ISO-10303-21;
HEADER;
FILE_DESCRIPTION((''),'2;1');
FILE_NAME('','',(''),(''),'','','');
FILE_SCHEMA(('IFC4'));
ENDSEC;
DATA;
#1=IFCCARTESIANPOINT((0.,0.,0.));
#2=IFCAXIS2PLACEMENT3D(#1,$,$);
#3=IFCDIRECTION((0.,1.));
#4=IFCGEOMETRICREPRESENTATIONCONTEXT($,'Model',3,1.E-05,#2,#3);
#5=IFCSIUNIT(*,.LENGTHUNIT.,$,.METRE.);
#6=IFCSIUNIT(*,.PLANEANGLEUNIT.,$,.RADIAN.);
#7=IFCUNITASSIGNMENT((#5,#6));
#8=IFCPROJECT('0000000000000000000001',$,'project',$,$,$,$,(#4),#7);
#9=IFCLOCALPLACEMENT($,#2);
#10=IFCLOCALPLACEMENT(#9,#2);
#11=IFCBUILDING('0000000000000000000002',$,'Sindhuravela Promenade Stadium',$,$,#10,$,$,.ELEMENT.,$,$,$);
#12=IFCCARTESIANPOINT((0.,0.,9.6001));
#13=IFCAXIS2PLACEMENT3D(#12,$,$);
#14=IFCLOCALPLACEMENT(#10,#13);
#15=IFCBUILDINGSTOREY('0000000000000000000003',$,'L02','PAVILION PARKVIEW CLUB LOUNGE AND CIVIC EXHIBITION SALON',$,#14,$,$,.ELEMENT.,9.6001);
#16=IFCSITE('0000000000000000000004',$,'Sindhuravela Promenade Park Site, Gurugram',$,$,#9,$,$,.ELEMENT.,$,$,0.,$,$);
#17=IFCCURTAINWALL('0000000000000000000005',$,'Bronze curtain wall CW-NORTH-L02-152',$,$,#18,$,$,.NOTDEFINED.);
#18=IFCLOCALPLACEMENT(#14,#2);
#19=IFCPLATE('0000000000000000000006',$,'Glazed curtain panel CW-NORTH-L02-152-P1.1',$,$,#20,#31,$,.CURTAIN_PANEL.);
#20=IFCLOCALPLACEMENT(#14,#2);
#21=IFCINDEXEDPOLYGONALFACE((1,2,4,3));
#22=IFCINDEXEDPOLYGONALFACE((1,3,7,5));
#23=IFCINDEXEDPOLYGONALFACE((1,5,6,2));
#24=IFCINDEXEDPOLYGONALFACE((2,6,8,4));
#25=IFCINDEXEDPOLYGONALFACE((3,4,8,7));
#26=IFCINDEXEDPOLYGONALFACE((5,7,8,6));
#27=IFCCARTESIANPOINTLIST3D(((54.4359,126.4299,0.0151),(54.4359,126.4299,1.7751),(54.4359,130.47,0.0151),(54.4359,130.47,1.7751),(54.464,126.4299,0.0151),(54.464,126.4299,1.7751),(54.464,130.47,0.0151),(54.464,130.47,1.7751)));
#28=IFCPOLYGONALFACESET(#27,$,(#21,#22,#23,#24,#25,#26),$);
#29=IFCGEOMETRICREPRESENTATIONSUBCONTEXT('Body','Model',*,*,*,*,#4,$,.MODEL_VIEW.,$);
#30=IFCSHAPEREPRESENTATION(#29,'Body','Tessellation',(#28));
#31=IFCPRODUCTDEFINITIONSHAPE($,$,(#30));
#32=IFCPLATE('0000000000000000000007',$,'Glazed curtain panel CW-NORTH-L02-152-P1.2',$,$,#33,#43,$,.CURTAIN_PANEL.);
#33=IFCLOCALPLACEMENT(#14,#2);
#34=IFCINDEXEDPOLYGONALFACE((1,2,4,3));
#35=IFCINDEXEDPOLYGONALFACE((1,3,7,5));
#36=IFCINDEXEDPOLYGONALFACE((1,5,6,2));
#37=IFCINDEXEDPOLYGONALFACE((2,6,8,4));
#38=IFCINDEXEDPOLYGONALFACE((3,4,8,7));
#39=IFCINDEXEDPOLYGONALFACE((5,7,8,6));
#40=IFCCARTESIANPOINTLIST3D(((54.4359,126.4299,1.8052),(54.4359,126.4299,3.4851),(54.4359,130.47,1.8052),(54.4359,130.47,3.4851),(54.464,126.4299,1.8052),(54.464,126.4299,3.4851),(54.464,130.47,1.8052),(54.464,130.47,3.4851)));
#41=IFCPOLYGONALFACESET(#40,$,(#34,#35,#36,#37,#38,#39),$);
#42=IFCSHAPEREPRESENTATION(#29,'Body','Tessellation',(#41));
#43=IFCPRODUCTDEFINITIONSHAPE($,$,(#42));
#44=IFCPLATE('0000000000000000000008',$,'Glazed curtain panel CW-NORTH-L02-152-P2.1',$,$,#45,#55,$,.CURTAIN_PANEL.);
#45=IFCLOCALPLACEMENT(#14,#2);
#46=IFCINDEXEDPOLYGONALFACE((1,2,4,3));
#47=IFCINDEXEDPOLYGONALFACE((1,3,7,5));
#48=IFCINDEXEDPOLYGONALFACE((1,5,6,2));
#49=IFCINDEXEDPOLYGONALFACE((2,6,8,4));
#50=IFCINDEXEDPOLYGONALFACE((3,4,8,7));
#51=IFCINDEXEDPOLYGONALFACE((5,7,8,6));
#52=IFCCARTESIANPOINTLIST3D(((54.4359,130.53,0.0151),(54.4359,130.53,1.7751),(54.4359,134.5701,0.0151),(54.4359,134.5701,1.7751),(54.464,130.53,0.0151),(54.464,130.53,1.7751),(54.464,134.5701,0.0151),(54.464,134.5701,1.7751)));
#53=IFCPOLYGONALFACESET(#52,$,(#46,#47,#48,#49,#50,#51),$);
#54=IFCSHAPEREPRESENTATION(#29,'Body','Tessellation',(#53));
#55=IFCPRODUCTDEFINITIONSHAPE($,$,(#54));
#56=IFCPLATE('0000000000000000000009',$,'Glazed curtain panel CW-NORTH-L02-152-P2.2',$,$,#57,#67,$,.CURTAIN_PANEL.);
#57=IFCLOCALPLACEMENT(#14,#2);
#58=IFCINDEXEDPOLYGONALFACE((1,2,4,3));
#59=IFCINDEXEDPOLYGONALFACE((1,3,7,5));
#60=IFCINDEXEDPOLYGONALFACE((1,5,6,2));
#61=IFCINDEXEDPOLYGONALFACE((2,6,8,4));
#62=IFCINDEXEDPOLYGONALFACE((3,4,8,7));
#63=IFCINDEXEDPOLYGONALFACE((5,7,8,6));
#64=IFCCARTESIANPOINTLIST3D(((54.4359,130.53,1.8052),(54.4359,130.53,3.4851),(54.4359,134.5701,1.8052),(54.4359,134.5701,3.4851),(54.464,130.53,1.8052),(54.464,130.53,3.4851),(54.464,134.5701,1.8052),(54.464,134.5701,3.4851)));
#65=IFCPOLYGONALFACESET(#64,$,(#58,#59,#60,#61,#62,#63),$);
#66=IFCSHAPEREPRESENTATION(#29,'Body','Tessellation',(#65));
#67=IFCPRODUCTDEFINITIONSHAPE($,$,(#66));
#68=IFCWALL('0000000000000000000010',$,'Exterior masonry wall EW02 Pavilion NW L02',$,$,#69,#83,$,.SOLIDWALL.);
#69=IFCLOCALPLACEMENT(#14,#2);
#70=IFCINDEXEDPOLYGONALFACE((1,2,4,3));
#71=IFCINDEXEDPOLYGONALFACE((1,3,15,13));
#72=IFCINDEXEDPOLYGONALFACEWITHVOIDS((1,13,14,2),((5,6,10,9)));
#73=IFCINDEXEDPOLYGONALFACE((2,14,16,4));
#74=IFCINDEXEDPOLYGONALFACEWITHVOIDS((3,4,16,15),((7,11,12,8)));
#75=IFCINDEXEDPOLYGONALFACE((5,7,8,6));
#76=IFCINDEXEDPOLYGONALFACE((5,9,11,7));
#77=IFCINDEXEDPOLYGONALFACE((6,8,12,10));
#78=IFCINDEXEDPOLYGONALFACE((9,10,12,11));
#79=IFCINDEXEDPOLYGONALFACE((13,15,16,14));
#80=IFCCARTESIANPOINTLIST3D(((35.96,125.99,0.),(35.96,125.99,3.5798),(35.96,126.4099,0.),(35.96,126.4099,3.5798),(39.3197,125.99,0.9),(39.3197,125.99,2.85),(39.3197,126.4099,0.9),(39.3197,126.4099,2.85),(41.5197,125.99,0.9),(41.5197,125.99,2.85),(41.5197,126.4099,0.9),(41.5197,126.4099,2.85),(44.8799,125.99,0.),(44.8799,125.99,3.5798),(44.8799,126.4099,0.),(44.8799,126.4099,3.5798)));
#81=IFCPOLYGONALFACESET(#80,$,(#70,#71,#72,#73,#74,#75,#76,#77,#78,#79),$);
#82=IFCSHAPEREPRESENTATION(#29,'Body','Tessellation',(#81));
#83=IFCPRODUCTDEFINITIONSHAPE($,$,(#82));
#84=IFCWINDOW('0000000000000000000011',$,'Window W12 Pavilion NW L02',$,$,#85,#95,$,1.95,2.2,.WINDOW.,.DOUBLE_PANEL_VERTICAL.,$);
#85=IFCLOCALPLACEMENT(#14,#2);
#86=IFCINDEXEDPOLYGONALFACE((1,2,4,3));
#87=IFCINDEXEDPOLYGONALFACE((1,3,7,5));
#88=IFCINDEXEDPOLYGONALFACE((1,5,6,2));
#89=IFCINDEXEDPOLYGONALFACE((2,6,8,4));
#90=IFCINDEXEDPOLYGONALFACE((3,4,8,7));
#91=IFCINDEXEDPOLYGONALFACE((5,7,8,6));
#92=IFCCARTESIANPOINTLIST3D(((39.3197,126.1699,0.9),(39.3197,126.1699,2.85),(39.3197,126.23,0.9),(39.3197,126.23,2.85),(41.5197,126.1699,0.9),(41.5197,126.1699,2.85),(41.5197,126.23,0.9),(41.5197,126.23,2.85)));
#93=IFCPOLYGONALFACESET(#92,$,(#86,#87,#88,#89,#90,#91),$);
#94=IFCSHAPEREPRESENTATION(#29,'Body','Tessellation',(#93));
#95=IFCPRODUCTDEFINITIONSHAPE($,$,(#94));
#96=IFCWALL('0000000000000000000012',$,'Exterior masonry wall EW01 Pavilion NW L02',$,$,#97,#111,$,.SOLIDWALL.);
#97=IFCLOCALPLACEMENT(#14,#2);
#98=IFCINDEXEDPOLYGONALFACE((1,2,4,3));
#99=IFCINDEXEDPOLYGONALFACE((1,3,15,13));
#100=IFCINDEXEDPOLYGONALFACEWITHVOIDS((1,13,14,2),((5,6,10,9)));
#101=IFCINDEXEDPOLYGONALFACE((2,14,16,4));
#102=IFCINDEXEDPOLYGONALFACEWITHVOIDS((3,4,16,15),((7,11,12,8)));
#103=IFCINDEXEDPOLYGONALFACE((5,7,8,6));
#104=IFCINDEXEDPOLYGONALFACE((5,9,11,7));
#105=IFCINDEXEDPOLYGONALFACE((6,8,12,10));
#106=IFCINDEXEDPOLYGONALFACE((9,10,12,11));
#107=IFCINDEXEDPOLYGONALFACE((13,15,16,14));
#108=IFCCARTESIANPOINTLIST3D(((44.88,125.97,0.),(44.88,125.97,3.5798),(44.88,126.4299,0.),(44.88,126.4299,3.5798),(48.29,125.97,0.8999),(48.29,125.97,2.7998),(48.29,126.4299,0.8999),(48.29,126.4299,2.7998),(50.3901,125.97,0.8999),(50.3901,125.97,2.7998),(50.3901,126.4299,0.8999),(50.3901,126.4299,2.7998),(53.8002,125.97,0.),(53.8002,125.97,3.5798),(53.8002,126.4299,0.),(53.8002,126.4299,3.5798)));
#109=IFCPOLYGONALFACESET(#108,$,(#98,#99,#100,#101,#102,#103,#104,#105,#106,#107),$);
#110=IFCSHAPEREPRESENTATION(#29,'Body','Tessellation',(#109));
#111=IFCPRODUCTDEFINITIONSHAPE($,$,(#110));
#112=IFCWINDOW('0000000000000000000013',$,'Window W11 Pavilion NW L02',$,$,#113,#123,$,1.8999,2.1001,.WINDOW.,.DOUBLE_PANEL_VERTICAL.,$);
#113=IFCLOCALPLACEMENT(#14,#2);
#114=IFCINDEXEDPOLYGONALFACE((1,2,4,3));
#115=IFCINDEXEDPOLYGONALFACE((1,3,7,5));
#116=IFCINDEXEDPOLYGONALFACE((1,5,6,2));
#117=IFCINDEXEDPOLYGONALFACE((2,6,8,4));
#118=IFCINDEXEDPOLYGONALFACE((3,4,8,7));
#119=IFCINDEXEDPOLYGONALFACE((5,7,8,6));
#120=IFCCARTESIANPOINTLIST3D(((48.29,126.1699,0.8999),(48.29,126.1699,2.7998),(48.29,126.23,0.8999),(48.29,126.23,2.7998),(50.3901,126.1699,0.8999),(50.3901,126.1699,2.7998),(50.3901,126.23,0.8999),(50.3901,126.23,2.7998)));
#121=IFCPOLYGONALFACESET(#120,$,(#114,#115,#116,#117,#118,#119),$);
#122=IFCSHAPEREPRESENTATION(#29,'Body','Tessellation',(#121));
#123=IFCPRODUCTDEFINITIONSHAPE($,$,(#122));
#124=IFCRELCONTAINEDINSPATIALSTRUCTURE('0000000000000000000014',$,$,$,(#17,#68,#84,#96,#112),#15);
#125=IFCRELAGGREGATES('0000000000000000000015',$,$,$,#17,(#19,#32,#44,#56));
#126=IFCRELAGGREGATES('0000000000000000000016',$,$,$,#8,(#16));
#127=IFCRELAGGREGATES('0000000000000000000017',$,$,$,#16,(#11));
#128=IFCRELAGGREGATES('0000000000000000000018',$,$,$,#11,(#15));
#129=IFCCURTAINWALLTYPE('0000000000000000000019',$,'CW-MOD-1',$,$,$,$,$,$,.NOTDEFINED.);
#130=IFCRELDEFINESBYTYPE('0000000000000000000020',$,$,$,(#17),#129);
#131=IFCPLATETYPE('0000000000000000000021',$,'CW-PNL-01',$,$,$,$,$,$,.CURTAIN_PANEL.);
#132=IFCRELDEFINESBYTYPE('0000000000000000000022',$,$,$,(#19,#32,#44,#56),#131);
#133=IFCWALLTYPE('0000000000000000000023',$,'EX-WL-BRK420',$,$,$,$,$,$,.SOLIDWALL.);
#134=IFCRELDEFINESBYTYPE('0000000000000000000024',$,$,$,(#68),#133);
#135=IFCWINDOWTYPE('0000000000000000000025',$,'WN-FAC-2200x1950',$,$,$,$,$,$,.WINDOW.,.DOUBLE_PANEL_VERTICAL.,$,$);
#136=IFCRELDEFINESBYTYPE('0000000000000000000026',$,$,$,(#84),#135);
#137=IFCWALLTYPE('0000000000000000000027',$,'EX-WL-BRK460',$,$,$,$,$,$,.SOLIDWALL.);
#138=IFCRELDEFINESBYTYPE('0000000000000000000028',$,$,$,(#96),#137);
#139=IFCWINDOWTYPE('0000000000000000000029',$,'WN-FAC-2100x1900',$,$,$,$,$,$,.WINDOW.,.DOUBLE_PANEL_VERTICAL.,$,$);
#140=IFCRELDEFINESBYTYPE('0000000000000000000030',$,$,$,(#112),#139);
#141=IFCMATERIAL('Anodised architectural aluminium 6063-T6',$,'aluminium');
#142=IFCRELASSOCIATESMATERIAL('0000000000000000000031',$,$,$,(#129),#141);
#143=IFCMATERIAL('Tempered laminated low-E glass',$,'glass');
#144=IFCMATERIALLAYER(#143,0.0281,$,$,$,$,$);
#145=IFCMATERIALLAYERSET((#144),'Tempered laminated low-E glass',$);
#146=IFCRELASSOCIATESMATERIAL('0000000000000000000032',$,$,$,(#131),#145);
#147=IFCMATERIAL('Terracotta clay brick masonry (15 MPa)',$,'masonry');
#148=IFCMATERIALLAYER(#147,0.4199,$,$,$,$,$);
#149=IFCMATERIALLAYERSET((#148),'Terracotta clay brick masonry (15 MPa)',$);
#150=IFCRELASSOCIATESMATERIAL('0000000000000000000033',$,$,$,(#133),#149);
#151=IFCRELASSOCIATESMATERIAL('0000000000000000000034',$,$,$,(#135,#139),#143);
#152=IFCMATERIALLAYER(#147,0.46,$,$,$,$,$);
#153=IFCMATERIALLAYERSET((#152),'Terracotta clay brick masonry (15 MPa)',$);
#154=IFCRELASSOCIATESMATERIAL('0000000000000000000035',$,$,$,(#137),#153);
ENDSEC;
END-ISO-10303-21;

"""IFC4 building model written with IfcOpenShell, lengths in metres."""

from ifc_helpers import new_model, si_unit, direction, frame, frame_2d, origin, origin_2d, place, context, subcontext, project, spatial, rectangle, extrude, material, layer, layer_set, type_object, element, fill, aggregate, save


model = new_model("IFC4")

# Units and contexts
model_context = context("Model", 3, precision=1e-05, world=origin(), true_north=direction((0.0, 1.0)))
body_context = subcontext(model_context, "Body", "Model", "MODEL_VIEW")
ifc_project = project(units=[si_unit("LENGTHUNIT", "METRE"), si_unit("PLANEANGLEUNIT", "RADIAN")], contexts=[model_context])

# Site, building, storey
site_placement = place(None, origin())
site = spatial("IfcSite", under=ifc_project, at=site_placement, Name="Sindhuravela Promenade Park Site, Gurugram", CompositionType="ELEMENT", RefElevation=0.0)
building_placement = place(site_placement, origin())
building = spatial("IfcBuilding", under=site, at=building_placement, Name="Sindhuravela Promenade Stadium", CompositionType="ELEMENT")
storey_placement = place(building_placement, frame((0.0, 0.0, 9.6001)))
storey = spatial("IfcBuildingStorey", under=building, at=storey_placement, Name="L02", Description="PAVILION PARKVIEW CLUB LOUNGE AND CIVIC EXHIBITION SALON", CompositionType="ELEMENT", Elevation=9.6001)

# Curtain wall
ifc_material_1 = material(Name="Anodised architectural aluminium 6063-T6", Category="aluminium")
curtain_wall_type = type_object("IfcCurtainWallType", Name="CW-MOD-1", PredefinedType="NOTDEFINED", material=ifc_material_1)
curtain_wall_placement = place(storey_placement, origin())
curtain_wall = element("IfcCurtainWall", 1, at=curtain_wall_placement, inside=storey, type_object=curtain_wall_type, Name="Bronze curtain wall CW-NORTH-L02-152", PredefinedType="NOTDEFINED")

# Plates
ifc_material_2 = material(Name="Tempered laminated low-E glass", Category="glass")
ifc_layer_1 = layer(ifc_material_2, 0.0281)
ifc_layer_set_1 = layer_set([ifc_layer_1], Name="Tempered laminated low-E glass")
plate_type_1 = type_object("IfcPlateType", Name="CW-PNL-01", PredefinedType="CURTAIN_PANEL", material=ifc_layer_set_1)
plate_1_placement = place(storey_placement, frame((54.45, 128.45, 0.0151), z_axis=(0.0, 0.0, 1.0), x_axis=(0.0, 1.0, 0.0)))
plate_1 = element("IfcPlate", 2, at=plate_1_placement, type_object=plate_type_1, Name="Glazed curtain panel CW-NORTH-L02-152-P1.1", PredefinedType="CURTAIN_PANEL", context=body_context, shape_type="SweptSolid", body=[
    extrude(rectangle(XDim=4.04, YDim=0.0281, at=origin_2d()), origin(), (0.0, 0.0, 1.0), 1.76),
])
plate_2_placement = place(storey_placement, frame((54.45, 128.45, 1.8052), z_axis=(0.0, 0.0, 1.0), x_axis=(0.0, 1.0, 0.0)))
plate_2 = element("IfcPlate", 3, at=plate_2_placement, type_object=plate_type_1, Name="Glazed curtain panel CW-NORTH-L02-152-P1.2", PredefinedType="CURTAIN_PANEL", context=body_context, shape_type="SweptSolid", body=[
    extrude(rectangle(XDim=4.04, YDim=0.0281, at=origin_2d()), origin(), (0.0, 0.0, 1.0), 1.6799),
])
plate_3_placement = place(storey_placement, frame((54.45, 132.55, 0.0151), z_axis=(0.0, 0.0, 1.0), x_axis=(0.0, 1.0, 0.0)))
plate_3 = element("IfcPlate", 4, at=plate_3_placement, type_object=plate_type_1, Name="Glazed curtain panel CW-NORTH-L02-152-P2.1", PredefinedType="CURTAIN_PANEL", context=body_context, shape_type="SweptSolid", body=[
    extrude(rectangle(XDim=4.04, YDim=0.0281, at=origin_2d()), origin(), (0.0, 0.0, 1.0), 1.76),
])
plate_4_placement = place(storey_placement, frame((54.45, 132.55, 1.8052), z_axis=(0.0, 0.0, 1.0), x_axis=(0.0, 1.0, 0.0)))
plate_4 = element("IfcPlate", 5, at=plate_4_placement, type_object=plate_type_1, Name="Glazed curtain panel CW-NORTH-L02-152-P2.2", PredefinedType="CURTAIN_PANEL", context=body_context, shape_type="SweptSolid", body=[
    extrude(rectangle(XDim=4.04, YDim=0.0281, at=origin_2d()), origin(), (0.0, 0.0, 1.0), 1.6799),
])
aggregate(curtain_wall, [plate_1, plate_2, plate_3, plate_4])

# Walls, openings, windows
ifc_material_3 = material(Name="Terracotta clay brick masonry (15 MPa)", Category="masonry")
ifc_layer_2 = layer(ifc_material_3, 0.4199)
ifc_layer_set_2 = layer_set([ifc_layer_2], Name="Terracotta clay brick masonry (15 MPa)")
wall_type_1 = type_object("IfcWallType", Name="EX-WL-BRK420", PredefinedType="SOLIDWALL", material=ifc_layer_set_2)
wall_1_placement = place(storey_placement, frame((44.8799, 126.2, 0.0), z_axis=(0.0, 0.0, 1.0), x_axis=(-1.0, 0.0, 0.0)))
wall_1 = element("IfcWall", 6, at=wall_1_placement, inside=storey, type_object=wall_type_1, Name="Exterior masonry wall EW02 Pavilion NW L02", PredefinedType="SOLIDWALL", context=body_context, shape_type="SweptSolid", body=[
    extrude(rectangle(XDim=8.9199, YDim=0.4199, at=frame_2d((4.46, 0.0))), origin(), (0.0, 0.0, 1.0), 3.5798),
])
opening_1_placement = place(wall_1_placement, frame((3.3601, 0.0, 0.8999)))
opening_1 = element("IfcOpeningElement", 7, at=opening_1_placement, cuts=wall_1, PredefinedType="OPENING", context=body_context, shape_type="SweptSolid", body=[
    extrude(rectangle(XDim=2.2, YDim=1.95, at=frame_2d((1.1001, 0.9751))), frame((0.0, 0.22, 0.0), z_axis=(0.0, -1.0, 0.0), x_axis=(1.0, 0.0, 0.0)), (0.0, 0.0, 1.0), 0.4399),
])
window_type_1 = type_object("IfcWindowType", Name="WN-FAC-2200x1950", PartitioningType="DOUBLE_PANEL_VERTICAL", PredefinedType="WINDOW", material=ifc_material_2)
window_1_placement = place(opening_1_placement, origin())
window_1 = element("IfcWindow", 8, at=window_1_placement, inside=storey, type_object=window_type_1, Name="Window W12 Pavilion NW L02", OverallHeight=1.95, OverallWidth=2.2, PartitioningType="DOUBLE_PANEL_VERTICAL", PredefinedType="WINDOW", context=body_context, shape_type="SweptSolid", body=[
    extrude(rectangle(XDim=2.2, YDim=1.95, at=frame_2d((1.1001, 0.9751))), frame((0.0, 0.03, 0.0), z_axis=(0.0, -1.0, 0.0), x_axis=(1.0, 0.0, 0.0)), (0.0, 0.0, 1.0), 0.0601),
])
fill(opening_1, window_1)
ifc_layer_3 = layer(ifc_material_3, 0.46)
ifc_layer_set_3 = layer_set([ifc_layer_3], Name="Terracotta clay brick masonry (15 MPa)")
wall_type_2 = type_object("IfcWallType", Name="EX-WL-BRK460", PredefinedType="SOLIDWALL", material=ifc_layer_set_3)
wall_2_placement = place(storey_placement, frame((53.8, 126.2, 0.0), z_axis=(0.0, 0.0, 1.0), x_axis=(-1.0, 0.0, 0.0)))
wall_2 = element("IfcWall", 9, at=wall_2_placement, inside=storey, type_object=wall_type_2, Name="Exterior masonry wall EW01 Pavilion NW L02", PredefinedType="SOLIDWALL", context=body_context, shape_type="SweptSolid", body=[
    extrude(rectangle(XDim=8.9202, YDim=0.46, at=frame_2d((4.46, 0.0))), origin(), (0.0, 0.0, 1.0), 3.5798),
])
opening_2_placement = place(wall_2_placement, frame((3.4099, 0.0, 0.8999)))
opening_2 = element("IfcOpeningElement", 10, at=opening_2_placement, cuts=wall_2, PredefinedType="OPENING", context=body_context, shape_type="SweptSolid", body=[
    extrude(rectangle(XDim=2.1001, YDim=1.8999, at=frame_2d((1.05, 0.95))), frame((0.0, 0.24, 0.0), z_axis=(0.0, -1.0, 0.0), x_axis=(1.0, 0.0, 0.0)), (0.0, 0.0, 1.0), 0.48),
])
window_type_2 = type_object("IfcWindowType", Name="WN-FAC-2100x1900", PartitioningType="DOUBLE_PANEL_VERTICAL", PredefinedType="WINDOW", material=ifc_material_2)
window_2_placement = place(opening_2_placement, origin())
window_2 = element("IfcWindow", 11, at=window_2_placement, inside=storey, type_object=window_type_2, Name="Window W11 Pavilion NW L02", OverallHeight=1.8999, OverallWidth=2.1001, PartitioningType="DOUBLE_PANEL_VERTICAL", PredefinedType="WINDOW", context=body_context, shape_type="SweptSolid", body=[
    extrude(rectangle(XDim=2.1001, YDim=1.8999, at=frame_2d((1.05, 0.95))), frame((0.0, 0.03, 0.0), z_axis=(0.0, -1.0, 0.0), x_axis=(1.0, 0.0, 0.0)), (0.0, 0.0, 1.0), 0.0601),
])
fill(opening_2, window_2)

save(model, "model.ifc")
